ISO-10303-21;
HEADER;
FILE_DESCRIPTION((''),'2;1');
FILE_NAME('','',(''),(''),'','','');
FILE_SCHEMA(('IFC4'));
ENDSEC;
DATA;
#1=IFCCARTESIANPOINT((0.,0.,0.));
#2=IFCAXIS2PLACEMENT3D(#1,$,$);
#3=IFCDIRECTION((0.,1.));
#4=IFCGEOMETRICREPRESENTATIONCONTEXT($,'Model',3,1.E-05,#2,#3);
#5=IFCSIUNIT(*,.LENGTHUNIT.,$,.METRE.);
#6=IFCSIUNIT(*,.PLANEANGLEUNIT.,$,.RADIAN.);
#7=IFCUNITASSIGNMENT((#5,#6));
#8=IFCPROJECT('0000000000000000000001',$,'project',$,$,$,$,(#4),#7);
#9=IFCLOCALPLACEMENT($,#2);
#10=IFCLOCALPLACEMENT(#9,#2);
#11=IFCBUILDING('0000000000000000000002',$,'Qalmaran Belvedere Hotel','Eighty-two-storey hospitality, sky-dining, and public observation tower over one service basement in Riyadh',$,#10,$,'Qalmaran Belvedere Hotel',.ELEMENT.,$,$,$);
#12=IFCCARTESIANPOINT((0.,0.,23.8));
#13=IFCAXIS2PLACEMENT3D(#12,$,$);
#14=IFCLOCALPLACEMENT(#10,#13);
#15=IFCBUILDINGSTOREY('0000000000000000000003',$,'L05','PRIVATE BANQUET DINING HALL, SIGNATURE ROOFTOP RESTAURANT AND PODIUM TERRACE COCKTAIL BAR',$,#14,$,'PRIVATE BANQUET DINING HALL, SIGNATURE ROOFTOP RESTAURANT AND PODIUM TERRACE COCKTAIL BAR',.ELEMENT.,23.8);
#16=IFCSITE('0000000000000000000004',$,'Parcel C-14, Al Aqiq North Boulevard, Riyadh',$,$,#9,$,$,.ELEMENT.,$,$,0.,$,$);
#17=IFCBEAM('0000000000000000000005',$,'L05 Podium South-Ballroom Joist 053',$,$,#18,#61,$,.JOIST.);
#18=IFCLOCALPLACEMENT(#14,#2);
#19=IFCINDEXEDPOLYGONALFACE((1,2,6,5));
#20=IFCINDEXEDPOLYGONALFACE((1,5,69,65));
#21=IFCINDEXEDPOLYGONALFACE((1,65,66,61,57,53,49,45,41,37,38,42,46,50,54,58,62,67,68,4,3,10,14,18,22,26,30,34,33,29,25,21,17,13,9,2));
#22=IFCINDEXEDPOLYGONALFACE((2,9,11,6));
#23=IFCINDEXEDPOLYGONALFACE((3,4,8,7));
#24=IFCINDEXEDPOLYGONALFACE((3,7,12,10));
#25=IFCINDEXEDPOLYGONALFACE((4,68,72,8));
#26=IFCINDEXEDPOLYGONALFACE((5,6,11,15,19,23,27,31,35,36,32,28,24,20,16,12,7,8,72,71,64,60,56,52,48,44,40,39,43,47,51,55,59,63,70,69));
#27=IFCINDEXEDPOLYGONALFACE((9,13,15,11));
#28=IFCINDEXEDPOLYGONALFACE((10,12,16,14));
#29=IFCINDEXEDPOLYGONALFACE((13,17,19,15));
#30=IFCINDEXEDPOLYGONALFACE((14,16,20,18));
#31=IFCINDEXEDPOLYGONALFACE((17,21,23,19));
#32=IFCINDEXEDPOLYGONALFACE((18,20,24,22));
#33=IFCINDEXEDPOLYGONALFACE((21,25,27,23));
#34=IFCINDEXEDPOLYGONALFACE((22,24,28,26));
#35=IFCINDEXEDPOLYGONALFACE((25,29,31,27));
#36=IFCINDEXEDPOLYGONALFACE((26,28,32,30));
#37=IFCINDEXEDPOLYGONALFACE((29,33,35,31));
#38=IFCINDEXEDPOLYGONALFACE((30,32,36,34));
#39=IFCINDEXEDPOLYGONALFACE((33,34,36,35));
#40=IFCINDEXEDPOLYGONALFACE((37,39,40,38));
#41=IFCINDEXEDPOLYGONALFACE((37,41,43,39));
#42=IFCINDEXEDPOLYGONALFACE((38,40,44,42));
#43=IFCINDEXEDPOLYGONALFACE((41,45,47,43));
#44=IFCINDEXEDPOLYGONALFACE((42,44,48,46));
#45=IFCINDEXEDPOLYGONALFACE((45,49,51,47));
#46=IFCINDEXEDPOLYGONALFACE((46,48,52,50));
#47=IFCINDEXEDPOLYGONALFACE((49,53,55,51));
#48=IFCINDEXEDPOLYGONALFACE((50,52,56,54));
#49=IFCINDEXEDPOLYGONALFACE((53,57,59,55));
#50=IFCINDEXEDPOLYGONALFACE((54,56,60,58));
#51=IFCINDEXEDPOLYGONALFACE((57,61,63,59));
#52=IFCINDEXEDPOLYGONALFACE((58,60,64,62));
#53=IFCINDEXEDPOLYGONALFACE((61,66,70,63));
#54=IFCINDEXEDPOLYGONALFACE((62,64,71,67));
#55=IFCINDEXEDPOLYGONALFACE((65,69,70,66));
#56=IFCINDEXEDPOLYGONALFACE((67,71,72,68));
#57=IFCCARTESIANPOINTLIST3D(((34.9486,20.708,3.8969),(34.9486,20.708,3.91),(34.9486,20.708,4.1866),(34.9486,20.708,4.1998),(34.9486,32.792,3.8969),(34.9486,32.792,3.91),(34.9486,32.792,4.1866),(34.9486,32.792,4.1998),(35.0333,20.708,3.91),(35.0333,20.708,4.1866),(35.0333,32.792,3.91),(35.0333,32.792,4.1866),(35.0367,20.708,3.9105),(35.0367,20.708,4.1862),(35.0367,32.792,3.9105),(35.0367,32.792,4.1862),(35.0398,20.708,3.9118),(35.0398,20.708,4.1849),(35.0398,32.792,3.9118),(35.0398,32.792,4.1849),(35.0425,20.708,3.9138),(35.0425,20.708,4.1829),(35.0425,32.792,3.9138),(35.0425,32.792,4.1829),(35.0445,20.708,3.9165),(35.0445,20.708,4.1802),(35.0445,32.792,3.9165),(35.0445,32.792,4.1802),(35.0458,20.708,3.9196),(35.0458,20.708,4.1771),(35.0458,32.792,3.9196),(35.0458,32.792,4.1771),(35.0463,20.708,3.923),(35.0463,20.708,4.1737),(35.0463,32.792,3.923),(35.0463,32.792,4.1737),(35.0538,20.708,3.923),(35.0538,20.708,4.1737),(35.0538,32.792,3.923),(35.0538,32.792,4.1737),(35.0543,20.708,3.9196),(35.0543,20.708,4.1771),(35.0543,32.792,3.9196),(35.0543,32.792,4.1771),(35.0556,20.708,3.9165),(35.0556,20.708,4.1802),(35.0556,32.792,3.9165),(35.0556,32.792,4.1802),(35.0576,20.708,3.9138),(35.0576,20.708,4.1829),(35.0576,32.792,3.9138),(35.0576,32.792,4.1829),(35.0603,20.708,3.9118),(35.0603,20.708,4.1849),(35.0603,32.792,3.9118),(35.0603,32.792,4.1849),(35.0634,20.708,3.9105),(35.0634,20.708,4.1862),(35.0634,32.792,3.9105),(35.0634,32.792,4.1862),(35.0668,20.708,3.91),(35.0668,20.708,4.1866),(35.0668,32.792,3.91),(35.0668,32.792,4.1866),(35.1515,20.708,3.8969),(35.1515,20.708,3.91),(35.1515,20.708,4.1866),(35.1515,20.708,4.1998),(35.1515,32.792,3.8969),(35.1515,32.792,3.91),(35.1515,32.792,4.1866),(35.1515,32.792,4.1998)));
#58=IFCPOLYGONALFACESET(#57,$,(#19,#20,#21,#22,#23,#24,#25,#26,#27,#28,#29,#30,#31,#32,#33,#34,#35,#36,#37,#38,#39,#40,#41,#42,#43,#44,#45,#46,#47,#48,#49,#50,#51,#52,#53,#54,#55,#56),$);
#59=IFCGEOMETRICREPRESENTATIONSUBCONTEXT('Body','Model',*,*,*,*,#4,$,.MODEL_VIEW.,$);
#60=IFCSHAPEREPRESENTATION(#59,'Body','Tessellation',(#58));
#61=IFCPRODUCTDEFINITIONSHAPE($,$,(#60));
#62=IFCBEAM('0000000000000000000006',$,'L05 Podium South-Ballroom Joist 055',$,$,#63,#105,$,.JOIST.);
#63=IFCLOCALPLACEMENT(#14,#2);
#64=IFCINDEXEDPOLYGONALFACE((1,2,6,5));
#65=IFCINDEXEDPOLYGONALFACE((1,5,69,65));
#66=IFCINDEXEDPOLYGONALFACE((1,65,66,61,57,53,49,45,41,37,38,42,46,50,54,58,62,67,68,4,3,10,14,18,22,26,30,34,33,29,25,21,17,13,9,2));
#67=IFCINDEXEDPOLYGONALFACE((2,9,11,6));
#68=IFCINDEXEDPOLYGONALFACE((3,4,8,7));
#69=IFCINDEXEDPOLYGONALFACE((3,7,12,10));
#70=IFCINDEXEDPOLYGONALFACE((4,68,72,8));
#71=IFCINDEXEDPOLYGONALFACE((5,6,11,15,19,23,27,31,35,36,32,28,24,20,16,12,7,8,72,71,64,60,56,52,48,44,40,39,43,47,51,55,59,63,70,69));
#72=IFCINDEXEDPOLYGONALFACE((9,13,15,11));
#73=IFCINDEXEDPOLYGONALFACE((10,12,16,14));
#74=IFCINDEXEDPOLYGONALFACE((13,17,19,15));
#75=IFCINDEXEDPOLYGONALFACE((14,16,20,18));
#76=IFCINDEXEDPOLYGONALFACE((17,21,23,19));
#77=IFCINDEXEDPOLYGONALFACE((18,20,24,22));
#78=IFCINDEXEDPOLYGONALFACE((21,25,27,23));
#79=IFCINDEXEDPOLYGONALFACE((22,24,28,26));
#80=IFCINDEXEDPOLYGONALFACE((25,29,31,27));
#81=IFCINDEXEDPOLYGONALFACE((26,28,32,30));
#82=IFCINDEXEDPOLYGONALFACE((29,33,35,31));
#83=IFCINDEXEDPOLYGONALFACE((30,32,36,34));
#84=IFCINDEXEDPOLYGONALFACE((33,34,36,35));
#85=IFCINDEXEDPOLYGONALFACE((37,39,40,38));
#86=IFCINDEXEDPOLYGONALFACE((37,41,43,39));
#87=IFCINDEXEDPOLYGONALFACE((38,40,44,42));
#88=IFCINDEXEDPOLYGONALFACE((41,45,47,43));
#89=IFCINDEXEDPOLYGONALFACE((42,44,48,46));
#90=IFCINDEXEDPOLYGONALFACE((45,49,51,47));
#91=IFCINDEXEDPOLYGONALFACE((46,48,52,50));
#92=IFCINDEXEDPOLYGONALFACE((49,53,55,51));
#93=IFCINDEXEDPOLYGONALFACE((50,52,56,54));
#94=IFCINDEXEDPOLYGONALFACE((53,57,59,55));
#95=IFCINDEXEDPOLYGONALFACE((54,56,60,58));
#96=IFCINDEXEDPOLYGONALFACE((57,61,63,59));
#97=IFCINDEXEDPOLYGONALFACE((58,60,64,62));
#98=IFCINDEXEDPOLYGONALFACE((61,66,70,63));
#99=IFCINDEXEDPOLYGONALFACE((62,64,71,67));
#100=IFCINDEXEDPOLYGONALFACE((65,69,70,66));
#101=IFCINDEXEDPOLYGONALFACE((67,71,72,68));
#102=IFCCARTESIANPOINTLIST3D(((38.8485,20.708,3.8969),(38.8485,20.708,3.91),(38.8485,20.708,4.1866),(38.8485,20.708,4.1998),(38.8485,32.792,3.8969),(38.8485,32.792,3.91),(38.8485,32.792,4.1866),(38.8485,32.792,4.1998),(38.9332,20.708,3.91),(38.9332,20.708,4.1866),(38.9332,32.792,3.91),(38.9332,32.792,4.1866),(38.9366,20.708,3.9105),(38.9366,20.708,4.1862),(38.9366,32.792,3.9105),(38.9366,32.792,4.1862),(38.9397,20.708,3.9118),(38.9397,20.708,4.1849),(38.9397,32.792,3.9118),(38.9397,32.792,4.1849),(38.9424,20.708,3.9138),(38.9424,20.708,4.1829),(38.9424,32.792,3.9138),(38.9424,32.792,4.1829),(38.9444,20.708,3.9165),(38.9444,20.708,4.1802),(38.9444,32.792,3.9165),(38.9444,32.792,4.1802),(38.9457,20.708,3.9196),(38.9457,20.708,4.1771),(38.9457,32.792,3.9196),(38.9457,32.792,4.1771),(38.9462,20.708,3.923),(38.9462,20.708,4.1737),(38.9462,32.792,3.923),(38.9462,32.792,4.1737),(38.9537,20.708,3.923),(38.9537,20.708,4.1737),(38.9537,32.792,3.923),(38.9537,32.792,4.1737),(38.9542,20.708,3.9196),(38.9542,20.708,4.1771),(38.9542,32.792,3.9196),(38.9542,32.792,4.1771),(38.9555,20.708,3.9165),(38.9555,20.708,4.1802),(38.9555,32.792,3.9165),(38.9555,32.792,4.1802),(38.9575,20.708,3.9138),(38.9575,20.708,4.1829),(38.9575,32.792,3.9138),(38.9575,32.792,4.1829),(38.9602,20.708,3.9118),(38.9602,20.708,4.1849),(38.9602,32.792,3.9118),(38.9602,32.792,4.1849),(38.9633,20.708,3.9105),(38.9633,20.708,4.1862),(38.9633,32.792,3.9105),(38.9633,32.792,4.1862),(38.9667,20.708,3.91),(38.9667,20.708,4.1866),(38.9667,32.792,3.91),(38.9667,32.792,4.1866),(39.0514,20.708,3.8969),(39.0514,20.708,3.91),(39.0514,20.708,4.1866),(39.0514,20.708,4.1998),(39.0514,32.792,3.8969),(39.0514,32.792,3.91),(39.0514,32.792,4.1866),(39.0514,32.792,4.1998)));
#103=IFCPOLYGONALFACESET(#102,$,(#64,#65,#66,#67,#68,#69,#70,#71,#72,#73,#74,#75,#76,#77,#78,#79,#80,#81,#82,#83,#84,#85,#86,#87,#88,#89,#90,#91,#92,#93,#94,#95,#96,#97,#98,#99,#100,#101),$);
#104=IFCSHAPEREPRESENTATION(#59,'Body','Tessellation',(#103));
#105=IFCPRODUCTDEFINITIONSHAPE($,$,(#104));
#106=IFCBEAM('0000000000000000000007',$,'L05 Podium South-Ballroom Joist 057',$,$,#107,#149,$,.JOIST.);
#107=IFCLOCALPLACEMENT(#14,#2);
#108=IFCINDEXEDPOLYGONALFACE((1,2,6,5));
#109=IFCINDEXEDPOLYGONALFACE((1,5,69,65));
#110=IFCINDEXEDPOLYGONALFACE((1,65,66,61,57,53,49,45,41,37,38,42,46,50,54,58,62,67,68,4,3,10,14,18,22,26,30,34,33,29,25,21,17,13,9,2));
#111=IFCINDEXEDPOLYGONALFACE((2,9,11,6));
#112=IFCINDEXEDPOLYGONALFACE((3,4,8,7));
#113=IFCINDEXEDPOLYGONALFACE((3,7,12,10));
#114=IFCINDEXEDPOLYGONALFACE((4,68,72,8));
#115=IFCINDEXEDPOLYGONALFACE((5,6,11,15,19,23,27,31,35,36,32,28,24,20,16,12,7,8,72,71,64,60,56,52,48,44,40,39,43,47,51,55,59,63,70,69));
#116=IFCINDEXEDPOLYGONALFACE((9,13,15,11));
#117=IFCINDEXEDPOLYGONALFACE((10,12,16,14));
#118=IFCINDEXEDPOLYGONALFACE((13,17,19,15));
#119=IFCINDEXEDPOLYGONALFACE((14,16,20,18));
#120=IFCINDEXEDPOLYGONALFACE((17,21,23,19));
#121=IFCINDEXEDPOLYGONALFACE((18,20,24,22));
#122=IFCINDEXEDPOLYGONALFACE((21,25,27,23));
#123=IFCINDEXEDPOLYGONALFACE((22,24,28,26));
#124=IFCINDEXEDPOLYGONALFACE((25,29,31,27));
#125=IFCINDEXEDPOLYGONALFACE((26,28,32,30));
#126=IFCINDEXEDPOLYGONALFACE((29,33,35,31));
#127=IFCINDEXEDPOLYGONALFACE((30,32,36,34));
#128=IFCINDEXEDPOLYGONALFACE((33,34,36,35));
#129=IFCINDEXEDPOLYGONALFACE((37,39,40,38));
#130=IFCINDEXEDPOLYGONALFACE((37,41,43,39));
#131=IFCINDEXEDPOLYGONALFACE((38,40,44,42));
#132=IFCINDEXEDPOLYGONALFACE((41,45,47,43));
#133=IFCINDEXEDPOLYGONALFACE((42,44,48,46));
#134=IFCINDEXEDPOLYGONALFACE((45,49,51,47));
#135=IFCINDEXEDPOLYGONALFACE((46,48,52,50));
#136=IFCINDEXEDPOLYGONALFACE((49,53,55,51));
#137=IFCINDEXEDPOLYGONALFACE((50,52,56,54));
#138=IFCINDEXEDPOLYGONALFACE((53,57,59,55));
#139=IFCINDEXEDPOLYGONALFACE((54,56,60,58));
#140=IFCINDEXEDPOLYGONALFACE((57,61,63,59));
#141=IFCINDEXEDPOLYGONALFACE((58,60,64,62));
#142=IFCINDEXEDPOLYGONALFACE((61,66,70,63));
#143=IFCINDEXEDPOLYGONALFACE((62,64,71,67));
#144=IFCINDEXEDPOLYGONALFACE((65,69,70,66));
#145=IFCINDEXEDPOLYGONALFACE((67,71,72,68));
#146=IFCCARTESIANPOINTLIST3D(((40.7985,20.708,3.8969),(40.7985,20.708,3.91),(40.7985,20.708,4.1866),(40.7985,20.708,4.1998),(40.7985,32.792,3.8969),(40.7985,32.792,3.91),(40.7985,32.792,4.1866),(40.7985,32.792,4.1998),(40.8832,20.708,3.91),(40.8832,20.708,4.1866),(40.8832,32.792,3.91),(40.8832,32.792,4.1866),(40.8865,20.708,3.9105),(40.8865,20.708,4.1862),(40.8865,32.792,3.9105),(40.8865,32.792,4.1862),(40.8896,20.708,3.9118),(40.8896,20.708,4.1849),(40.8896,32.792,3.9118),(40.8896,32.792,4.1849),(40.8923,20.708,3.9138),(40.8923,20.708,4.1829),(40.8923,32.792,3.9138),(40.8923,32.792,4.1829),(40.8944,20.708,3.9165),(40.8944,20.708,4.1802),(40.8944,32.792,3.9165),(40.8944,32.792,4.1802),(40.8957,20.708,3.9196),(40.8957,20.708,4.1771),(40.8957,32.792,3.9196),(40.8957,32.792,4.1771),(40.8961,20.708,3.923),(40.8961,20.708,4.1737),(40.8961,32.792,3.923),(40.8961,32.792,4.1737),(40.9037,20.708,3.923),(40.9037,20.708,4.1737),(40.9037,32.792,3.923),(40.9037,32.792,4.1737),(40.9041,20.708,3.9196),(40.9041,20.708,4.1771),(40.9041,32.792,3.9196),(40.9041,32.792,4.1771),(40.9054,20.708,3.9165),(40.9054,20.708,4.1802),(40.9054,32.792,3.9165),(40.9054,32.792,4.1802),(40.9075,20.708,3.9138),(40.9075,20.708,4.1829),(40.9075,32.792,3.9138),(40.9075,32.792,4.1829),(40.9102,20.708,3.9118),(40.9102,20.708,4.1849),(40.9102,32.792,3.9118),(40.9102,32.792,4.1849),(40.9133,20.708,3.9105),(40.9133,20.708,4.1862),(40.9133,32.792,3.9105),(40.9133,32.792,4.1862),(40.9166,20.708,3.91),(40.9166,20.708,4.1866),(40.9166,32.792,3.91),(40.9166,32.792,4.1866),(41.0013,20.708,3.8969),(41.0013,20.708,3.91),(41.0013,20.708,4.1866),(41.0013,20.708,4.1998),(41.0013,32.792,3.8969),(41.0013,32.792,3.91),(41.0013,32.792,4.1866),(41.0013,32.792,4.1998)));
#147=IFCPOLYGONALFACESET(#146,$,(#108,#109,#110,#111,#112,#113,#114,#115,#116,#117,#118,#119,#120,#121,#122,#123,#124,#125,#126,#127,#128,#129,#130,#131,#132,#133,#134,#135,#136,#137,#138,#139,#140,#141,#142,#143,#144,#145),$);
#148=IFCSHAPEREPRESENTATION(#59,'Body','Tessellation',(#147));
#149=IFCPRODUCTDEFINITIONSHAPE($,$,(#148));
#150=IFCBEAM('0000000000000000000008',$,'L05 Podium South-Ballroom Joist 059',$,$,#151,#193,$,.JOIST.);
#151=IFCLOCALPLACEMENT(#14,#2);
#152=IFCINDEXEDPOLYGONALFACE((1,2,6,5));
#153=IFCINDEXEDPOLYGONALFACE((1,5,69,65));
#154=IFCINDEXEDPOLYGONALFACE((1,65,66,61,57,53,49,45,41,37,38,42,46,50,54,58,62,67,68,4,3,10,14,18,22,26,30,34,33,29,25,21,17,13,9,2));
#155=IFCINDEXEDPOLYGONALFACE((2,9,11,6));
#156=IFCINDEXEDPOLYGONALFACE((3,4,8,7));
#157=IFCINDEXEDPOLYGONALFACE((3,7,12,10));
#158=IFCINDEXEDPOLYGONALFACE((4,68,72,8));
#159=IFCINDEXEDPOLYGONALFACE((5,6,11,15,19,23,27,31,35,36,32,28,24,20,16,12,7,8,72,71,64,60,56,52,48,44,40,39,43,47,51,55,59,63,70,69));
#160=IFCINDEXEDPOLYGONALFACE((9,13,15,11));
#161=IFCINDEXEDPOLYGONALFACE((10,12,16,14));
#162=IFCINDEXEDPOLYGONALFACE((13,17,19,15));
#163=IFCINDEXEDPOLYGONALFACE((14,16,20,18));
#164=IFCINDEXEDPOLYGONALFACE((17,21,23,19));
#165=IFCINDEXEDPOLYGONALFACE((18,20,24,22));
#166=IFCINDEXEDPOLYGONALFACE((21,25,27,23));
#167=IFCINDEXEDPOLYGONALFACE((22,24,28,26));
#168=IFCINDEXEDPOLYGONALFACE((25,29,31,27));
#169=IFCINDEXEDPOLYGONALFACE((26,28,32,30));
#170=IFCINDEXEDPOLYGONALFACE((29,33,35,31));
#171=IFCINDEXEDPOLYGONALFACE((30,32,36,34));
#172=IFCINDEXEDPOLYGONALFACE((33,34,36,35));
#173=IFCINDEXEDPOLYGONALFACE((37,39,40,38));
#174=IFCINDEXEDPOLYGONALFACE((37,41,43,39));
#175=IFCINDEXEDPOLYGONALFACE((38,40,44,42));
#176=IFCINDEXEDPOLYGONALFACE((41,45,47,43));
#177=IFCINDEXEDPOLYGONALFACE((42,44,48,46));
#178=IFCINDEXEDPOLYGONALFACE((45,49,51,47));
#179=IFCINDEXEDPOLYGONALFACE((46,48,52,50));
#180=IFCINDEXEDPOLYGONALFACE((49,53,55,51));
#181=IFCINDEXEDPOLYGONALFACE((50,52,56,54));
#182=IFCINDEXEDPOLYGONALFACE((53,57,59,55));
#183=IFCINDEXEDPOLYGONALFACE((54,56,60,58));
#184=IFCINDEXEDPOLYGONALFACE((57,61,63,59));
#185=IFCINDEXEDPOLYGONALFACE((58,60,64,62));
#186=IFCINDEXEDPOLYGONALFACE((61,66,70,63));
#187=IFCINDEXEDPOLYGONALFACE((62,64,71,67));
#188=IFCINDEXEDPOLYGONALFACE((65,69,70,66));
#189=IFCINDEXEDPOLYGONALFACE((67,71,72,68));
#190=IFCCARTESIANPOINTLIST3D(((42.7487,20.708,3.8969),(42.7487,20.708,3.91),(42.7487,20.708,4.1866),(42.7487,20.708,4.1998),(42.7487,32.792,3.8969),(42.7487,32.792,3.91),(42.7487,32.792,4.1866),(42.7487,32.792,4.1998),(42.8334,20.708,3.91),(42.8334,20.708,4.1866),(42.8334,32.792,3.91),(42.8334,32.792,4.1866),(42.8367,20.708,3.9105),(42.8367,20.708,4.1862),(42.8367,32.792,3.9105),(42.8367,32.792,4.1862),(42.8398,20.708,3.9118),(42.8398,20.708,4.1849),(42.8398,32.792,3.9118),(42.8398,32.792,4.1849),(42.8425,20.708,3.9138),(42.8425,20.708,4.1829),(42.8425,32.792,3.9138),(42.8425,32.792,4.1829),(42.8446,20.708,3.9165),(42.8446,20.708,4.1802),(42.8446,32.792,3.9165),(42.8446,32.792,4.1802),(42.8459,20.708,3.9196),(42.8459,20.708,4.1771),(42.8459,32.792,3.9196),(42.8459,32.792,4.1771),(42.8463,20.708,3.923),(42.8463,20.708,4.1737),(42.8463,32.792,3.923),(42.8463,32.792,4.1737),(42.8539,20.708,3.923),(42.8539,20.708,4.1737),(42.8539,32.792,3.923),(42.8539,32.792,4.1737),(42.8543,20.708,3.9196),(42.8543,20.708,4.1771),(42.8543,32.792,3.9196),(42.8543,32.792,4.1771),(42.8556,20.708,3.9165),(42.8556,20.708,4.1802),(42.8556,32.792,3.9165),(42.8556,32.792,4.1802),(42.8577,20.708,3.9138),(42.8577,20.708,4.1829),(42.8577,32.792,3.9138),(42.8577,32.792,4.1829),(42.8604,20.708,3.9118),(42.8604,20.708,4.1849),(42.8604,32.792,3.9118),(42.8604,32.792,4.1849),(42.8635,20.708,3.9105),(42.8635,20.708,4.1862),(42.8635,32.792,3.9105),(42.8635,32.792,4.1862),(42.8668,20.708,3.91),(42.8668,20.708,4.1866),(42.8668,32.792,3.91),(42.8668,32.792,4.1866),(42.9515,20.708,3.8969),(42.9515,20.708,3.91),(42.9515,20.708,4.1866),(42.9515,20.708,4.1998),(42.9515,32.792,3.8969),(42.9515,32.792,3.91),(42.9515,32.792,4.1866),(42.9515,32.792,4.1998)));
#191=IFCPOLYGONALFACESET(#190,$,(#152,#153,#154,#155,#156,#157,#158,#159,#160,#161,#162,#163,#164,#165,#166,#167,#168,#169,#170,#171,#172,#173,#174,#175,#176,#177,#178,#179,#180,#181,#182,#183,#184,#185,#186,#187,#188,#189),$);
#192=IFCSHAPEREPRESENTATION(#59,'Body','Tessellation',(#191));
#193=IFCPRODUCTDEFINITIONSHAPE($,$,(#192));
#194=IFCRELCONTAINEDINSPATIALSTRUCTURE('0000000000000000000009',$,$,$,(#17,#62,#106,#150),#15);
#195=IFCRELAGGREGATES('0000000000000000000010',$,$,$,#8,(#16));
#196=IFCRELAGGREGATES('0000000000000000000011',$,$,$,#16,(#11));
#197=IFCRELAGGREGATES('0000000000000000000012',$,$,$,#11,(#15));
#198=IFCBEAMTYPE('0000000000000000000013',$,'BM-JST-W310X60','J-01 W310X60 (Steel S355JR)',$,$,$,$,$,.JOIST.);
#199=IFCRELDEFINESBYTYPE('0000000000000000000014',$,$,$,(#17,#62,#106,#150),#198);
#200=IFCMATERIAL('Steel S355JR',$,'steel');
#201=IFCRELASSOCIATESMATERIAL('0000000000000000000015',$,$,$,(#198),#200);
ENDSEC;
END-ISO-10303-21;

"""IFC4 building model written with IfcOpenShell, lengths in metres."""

from ifc_helpers import new_model, si_unit, direction, frame, origin, origin_2d, place, context, subcontext, project, spatial, i_section, extrude, material, material_profile, profile_set, type_object, element, save


model = new_model("IFC4")

# Units and contexts
model_context = context("Model", 3, precision=1e-05, world=origin(), true_north=direction((0.0, 1.0)))
body_context = subcontext(model_context, "Body", "Model", "MODEL_VIEW")
ifc_project = project(units=[si_unit("LENGTHUNIT", "METRE"), si_unit("PLANEANGLEUNIT", "RADIAN")], contexts=[model_context])

# Site, building, storey
site_placement = place(None, origin())
site = spatial("IfcSite", under=ifc_project, at=site_placement, Name="Parcel C-14, Al Aqiq North Boulevard, Riyadh", CompositionType="ELEMENT", RefElevation=0.0)
building_placement = place(site_placement, origin())
building = spatial("IfcBuilding", under=site, at=building_placement, Name="Qalmaran Belvedere Hotel", Description="Eighty-two-storey hospitality, sky-dining, and public observation tower over one service basement in Riyadh", LongName="Qalmaran Belvedere Hotel", CompositionType="ELEMENT")
storey_placement = place(building_placement, frame((0.0, 0.0, 23.8)))
storey = spatial("IfcBuildingStorey", under=building, at=storey_placement, Name="L05", Description="PRIVATE BANQUET DINING HALL, SIGNATURE ROOFTOP RESTAURANT AND PODIUM TERRACE COCKTAIL BAR", LongName="PRIVATE BANQUET DINING HALL, SIGNATURE ROOFTOP RESTAURANT AND PODIUM TERRACE COCKTAIL BAR", CompositionType="ELEMENT", Elevation=23.8)

# Beams
ifc_material_1 = material(Name="Steel S355JR", Category="steel")
ifc_material_profile_1 = material_profile(ifc_material_1, i_section(OverallWidth=0.2029, OverallDepth=0.303, WebThickness=0.0076, FlangeThickness=0.0132, FilletRadius=0.0129, at=origin_2d()), Name="W310X60")
ifc_profile_set_1 = profile_set([ifc_material_profile_1], Name="Steel S355JR")
beam_type_1 = type_object("IfcBeamType", Name="BM-JST-W310X60", Description="J-01 W310X60 (Steel S355JR)", PredefinedType="JOIST", material=ifc_profile_set_1)
for number, where, z_axis, x_axis, name in (
    (1, (35.05, 20.708, 4.0483), (0.0, 1.0, 0.0), (-1.0, 0.0, 0.0), "L05 Podium South-Ballroom Joist 053"),
    (2, (38.95, 20.708, 4.0483), (0.0, 1.0, 0.0), (-1.0, 0.0, 0.0), "L05 Podium South-Ballroom Joist 055"),
    (3, (40.8999, 20.708, 4.0483), (0.0, 1.0, 0.0), (-1.0, 0.0, 0.0), "L05 Podium South-Ballroom Joist 057"),
    (4, (42.8501, 20.708, 4.0483), (0.0, 1.0, 0.0), (-1.0, 0.0, 0.0), "L05 Podium South-Ballroom Joist 059"),
):
    element("IfcBeam", number, at=place(storey_placement, frame(where, z_axis=z_axis, x_axis=x_axis)), inside=storey, type_object=beam_type_1, Name=name, PredefinedType="JOIST", context=body_context, shape_type="SweptSolid", body=[
        extrude(i_section(OverallWidth=0.2029, OverallDepth=0.303, WebThickness=0.0076, FlangeThickness=0.0132, FilletRadius=0.0129, at=origin_2d()), origin(), (0.0, 0.0, 1.0), 12.084),
    ])

save(model, "model.ifc")
